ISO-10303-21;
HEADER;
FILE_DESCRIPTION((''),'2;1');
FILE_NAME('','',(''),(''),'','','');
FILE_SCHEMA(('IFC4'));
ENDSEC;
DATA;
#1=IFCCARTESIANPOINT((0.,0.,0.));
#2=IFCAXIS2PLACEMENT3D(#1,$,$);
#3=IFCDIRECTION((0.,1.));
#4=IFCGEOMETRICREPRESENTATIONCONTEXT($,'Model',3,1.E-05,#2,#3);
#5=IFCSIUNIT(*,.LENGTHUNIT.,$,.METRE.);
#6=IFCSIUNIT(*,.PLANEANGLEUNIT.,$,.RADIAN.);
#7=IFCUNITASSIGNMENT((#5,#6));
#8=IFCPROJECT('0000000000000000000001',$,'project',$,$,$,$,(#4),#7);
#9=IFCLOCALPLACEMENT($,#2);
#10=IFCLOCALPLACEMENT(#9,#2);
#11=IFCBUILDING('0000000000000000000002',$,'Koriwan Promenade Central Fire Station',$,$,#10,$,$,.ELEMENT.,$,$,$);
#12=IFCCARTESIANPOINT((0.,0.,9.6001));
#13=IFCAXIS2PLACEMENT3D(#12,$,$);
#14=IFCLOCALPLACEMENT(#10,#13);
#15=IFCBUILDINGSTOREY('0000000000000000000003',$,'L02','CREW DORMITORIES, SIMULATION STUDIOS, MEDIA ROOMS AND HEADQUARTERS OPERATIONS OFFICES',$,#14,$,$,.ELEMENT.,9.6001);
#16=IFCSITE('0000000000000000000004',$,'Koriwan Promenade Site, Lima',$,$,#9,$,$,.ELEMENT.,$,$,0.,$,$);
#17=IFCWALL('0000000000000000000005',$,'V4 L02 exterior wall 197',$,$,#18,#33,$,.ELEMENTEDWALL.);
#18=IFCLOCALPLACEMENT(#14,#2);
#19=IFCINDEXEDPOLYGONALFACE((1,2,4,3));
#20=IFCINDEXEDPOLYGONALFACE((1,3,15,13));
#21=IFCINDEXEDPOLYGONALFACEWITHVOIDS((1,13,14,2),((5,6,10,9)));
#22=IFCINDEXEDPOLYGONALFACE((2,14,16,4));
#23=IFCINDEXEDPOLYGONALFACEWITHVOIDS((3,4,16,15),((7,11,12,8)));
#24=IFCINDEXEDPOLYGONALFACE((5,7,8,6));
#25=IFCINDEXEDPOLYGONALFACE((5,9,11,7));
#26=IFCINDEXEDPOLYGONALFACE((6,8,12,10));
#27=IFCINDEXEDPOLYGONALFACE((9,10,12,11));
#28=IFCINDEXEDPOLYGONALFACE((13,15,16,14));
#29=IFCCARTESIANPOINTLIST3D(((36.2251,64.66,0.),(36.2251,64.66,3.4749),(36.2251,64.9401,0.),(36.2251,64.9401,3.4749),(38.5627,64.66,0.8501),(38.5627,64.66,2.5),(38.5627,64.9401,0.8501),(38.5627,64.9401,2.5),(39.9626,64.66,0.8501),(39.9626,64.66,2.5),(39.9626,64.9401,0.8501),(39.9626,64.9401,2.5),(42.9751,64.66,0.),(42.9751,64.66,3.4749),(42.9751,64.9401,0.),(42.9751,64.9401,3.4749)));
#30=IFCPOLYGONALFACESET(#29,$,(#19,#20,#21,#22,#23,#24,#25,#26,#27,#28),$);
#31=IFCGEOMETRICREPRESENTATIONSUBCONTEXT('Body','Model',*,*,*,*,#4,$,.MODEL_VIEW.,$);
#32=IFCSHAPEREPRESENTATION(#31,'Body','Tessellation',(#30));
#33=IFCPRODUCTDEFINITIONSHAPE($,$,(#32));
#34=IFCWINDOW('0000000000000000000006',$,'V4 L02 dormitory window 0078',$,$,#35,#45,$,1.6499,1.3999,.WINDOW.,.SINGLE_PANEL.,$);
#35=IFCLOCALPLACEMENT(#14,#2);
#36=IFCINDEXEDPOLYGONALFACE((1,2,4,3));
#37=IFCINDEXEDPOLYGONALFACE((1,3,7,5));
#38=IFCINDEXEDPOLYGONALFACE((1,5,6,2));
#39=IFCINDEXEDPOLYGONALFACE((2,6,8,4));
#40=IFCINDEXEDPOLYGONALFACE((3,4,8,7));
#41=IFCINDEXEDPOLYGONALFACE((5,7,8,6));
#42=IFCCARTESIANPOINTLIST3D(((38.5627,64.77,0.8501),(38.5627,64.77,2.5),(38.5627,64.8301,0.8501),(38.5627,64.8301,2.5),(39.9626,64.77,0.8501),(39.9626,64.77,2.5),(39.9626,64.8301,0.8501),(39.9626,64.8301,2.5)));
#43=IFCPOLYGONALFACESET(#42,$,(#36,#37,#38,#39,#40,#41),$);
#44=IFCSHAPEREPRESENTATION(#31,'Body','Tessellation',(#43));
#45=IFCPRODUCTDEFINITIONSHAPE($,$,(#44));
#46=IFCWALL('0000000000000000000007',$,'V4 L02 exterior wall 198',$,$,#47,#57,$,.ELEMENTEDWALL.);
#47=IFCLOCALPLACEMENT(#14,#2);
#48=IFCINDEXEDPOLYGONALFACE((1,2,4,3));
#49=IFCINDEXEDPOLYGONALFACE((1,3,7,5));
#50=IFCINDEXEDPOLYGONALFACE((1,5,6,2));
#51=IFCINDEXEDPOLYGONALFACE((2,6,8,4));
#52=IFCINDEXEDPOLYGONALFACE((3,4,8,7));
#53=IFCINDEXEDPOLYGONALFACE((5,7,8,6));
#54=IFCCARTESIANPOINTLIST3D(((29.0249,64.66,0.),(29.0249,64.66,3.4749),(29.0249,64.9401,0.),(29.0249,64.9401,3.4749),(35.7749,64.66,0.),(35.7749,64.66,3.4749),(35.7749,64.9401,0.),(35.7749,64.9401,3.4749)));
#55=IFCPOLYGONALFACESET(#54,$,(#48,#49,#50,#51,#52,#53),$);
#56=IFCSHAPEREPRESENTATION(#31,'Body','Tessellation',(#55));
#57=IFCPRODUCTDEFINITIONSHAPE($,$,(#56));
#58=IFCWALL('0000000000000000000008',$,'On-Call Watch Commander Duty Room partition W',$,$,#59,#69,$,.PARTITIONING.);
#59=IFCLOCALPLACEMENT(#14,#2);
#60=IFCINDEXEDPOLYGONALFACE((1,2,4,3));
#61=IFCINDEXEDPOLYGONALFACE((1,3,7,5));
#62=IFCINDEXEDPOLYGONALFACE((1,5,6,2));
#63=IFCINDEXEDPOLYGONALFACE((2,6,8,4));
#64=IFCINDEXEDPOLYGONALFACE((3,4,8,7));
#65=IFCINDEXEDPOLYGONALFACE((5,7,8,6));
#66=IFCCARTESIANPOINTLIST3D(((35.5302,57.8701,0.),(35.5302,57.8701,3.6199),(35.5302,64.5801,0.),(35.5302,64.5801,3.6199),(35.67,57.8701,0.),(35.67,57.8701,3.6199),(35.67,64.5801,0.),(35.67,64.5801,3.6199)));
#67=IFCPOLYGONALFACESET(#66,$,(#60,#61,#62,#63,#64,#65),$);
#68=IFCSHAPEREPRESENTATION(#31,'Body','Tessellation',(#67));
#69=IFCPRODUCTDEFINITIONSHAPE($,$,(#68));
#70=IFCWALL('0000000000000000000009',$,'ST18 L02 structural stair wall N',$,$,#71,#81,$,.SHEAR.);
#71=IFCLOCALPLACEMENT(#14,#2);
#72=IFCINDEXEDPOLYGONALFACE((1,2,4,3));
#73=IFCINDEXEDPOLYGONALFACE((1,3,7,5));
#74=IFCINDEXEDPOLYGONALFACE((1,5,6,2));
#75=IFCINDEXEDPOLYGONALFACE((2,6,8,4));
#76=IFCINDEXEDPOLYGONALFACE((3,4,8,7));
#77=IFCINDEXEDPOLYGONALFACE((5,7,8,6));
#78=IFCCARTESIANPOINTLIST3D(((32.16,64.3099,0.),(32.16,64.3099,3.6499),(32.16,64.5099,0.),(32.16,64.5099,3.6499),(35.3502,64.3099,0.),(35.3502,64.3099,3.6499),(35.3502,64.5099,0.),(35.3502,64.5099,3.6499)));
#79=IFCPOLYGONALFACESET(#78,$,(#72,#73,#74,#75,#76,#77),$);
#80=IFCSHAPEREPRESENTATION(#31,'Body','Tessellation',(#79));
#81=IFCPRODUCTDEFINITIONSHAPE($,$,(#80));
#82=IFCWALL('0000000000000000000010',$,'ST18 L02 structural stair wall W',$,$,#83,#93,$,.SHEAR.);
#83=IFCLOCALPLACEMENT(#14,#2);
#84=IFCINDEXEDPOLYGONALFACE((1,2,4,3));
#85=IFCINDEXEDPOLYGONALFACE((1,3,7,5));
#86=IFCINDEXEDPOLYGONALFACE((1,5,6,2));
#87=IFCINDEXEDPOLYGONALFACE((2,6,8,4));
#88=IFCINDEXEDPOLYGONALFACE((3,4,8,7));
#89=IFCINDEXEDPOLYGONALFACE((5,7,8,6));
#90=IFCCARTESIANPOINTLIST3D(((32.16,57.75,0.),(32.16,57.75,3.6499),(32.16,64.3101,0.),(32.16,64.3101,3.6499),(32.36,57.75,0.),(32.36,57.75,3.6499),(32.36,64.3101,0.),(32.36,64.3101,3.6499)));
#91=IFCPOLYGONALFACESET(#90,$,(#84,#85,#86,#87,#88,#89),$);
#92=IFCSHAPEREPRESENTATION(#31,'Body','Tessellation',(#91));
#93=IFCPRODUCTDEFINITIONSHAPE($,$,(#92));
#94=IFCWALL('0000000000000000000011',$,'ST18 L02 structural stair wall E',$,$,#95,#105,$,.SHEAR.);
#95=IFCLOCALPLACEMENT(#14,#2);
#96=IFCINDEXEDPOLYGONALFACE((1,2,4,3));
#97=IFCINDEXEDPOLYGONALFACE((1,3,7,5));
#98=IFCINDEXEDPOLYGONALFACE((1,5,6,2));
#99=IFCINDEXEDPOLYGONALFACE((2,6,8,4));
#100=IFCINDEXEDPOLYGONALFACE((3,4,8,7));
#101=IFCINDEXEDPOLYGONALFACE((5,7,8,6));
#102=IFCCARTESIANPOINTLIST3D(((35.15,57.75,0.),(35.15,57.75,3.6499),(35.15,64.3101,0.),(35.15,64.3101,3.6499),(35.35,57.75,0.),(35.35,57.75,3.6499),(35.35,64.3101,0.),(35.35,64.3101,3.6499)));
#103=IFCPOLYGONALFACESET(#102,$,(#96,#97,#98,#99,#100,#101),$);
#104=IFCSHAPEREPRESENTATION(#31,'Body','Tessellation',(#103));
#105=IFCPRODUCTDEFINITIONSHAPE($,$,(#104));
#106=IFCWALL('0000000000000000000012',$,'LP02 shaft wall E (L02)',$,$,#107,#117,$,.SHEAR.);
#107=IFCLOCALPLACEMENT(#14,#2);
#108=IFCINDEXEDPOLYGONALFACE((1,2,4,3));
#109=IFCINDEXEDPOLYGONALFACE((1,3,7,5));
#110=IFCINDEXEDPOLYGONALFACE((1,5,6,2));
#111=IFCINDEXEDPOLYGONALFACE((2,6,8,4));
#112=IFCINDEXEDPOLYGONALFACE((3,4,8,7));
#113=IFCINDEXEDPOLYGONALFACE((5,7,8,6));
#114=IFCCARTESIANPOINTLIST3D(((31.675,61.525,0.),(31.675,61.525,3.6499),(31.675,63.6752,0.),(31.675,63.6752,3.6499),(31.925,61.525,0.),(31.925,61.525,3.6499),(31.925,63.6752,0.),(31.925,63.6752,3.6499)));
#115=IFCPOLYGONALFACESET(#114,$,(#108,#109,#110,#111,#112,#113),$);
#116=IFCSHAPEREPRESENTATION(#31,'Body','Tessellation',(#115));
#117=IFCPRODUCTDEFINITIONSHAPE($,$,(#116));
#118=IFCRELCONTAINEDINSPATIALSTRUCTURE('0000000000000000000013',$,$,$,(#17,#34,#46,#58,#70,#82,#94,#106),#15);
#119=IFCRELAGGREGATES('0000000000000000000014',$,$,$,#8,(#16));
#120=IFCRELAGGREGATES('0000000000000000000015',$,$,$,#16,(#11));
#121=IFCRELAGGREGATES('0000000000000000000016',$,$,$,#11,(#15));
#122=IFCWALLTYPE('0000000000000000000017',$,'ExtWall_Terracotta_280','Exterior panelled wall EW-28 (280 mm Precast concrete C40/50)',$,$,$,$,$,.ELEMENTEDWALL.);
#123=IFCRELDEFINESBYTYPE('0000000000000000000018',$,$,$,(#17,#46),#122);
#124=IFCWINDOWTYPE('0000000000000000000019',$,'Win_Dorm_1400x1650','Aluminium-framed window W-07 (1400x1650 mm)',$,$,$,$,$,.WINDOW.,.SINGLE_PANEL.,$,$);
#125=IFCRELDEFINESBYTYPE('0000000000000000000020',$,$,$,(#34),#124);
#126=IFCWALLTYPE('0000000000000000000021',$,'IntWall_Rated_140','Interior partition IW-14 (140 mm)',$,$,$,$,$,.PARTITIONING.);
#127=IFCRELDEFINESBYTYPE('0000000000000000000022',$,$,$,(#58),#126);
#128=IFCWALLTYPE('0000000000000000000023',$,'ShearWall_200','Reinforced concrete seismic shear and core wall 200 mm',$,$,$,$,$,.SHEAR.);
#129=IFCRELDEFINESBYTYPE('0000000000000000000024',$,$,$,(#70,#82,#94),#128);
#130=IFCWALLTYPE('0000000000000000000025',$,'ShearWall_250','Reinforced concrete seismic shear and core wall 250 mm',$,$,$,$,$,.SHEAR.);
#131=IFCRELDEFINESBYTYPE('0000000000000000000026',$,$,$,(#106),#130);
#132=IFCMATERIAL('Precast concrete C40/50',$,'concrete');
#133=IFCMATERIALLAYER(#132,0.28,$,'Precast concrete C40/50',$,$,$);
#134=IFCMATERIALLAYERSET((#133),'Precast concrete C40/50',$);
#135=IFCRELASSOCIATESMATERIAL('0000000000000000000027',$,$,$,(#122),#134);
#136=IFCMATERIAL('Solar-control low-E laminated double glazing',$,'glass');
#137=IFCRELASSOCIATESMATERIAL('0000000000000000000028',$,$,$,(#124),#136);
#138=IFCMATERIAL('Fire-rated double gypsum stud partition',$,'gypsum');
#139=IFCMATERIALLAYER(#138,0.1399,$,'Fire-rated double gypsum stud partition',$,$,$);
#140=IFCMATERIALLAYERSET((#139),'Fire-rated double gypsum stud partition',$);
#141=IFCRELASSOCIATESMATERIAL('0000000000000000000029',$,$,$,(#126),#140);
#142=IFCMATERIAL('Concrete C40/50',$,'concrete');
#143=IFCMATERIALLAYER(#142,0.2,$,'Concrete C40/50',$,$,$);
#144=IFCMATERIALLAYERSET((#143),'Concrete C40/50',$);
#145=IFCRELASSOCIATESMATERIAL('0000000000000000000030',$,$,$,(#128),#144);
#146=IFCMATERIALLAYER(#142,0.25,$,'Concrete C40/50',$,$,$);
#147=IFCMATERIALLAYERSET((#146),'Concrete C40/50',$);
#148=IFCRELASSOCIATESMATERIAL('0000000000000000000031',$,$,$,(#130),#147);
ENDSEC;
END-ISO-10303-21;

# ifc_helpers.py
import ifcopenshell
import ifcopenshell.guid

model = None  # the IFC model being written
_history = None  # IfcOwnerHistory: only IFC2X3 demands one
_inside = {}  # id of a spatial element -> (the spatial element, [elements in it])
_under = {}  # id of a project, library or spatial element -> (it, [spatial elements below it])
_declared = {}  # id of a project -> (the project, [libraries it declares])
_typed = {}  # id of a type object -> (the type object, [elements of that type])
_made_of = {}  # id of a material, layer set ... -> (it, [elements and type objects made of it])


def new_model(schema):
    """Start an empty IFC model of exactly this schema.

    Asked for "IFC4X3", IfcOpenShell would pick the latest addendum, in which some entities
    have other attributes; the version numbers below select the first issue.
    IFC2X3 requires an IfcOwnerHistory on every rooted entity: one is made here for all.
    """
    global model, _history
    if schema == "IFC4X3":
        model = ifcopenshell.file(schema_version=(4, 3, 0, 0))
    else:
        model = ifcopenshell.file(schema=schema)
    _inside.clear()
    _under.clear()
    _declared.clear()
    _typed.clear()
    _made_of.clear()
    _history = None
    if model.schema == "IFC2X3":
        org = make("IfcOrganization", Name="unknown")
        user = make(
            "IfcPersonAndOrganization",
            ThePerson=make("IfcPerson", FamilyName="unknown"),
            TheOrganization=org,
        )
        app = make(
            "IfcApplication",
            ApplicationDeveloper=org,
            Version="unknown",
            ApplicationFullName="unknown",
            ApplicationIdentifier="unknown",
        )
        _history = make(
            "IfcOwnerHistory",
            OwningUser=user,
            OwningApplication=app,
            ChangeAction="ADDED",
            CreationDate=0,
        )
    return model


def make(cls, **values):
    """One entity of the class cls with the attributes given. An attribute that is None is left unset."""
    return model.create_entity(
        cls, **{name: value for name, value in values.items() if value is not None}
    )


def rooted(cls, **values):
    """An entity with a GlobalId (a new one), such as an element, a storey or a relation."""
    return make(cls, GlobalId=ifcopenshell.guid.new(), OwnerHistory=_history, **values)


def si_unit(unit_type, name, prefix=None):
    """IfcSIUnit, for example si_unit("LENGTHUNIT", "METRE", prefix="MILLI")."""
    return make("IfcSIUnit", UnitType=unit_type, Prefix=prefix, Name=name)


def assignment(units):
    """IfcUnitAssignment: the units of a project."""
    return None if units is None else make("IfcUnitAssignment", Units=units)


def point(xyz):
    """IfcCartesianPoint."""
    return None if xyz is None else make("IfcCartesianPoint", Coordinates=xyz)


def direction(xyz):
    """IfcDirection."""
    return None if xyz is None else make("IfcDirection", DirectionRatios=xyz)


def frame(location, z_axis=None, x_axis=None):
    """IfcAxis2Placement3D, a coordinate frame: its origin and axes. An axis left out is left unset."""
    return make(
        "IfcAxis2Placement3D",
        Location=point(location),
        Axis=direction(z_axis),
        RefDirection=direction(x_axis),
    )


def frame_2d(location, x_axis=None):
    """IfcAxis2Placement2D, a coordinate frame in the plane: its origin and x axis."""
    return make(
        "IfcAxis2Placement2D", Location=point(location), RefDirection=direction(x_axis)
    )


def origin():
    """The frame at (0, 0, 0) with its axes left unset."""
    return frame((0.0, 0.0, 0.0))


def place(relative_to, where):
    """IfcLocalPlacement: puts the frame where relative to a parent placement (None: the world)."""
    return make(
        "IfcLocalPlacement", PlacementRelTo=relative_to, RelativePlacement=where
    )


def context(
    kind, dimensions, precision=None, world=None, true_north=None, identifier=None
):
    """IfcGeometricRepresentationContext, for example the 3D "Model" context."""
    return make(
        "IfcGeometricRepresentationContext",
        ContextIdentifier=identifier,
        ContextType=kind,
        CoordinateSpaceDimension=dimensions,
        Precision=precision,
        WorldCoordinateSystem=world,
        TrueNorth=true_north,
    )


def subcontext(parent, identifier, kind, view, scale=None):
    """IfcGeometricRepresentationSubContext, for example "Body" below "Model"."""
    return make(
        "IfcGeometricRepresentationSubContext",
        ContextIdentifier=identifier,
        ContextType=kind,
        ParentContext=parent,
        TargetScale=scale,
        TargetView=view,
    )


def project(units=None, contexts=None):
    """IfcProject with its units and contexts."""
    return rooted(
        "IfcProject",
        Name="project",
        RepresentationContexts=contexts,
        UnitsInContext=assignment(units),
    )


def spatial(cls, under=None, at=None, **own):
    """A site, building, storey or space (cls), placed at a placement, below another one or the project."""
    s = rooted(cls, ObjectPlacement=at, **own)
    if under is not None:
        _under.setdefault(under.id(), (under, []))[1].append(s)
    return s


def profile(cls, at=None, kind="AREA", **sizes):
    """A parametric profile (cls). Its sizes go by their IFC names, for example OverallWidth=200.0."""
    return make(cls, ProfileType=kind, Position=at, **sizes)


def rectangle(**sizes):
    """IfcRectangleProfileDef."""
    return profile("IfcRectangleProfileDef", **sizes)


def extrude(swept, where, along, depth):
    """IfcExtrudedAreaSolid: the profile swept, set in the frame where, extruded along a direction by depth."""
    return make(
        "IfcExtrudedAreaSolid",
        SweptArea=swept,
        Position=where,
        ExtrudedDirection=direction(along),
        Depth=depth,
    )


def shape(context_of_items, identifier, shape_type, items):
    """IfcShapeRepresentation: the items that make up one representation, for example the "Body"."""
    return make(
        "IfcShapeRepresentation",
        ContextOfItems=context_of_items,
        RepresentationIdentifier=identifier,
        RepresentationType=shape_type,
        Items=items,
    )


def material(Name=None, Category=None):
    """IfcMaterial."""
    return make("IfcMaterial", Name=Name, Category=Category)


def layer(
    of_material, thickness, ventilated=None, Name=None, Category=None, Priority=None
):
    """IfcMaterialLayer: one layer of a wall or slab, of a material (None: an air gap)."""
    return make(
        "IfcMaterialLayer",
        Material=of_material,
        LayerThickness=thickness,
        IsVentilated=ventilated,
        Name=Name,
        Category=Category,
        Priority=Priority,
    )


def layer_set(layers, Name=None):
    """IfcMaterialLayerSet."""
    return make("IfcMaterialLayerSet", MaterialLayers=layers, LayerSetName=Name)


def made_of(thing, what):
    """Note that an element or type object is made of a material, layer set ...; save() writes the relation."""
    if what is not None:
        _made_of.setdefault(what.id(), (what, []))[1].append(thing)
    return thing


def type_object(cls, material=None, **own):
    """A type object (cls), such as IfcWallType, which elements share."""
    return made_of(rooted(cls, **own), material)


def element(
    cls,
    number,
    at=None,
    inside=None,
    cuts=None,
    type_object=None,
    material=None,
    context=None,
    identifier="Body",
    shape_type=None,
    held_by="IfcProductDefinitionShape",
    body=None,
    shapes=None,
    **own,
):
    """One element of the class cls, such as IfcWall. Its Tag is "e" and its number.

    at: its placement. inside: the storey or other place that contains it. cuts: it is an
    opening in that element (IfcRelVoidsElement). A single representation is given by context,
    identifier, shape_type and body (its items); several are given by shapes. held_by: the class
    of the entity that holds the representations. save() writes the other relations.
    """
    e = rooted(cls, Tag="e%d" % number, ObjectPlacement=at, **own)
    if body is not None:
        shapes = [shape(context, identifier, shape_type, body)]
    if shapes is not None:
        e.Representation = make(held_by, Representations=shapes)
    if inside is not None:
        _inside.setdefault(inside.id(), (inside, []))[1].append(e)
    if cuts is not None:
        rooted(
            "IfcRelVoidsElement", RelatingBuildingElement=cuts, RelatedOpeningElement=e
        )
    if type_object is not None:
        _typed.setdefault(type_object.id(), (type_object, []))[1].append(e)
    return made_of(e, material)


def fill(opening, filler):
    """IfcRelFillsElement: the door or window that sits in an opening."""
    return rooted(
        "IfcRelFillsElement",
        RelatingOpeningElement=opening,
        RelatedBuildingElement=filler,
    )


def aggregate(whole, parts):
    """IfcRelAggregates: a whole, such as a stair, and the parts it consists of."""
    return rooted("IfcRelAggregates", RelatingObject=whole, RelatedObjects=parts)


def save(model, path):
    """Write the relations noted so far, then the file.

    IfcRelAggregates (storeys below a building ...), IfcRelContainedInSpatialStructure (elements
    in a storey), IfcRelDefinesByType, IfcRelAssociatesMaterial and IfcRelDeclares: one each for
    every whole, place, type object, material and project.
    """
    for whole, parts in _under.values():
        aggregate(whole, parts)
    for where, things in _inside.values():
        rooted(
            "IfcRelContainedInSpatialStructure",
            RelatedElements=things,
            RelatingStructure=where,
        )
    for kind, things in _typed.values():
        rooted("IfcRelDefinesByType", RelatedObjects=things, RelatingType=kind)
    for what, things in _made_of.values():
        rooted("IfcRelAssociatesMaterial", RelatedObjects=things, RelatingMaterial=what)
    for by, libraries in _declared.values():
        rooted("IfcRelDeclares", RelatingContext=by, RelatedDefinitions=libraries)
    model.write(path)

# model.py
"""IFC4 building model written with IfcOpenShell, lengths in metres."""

from ifc_helpers import new_model, si_unit, direction, frame, frame_2d, origin, place, context, subcontext, project, spatial, rectangle, extrude, material, layer, layer_set, type_object, element, fill, save


model = new_model("IFC4")

# Units and contexts
model_context = context("Model", 3, precision=1e-05, world=origin(), true_north=direction((0.0, 1.0)))
body_context = subcontext(model_context, "Body", "Model", "MODEL_VIEW")
ifc_project = project(units=[si_unit("LENGTHUNIT", "METRE"), si_unit("PLANEANGLEUNIT", "RADIAN")], contexts=[model_context])

# Site, building, storey
site_placement = place(None, origin())
site = spatial("IfcSite", under=ifc_project, at=site_placement, Name="Koriwan Promenade Site, Lima", CompositionType="ELEMENT", RefElevation=0.0)
building_placement = place(site_placement, origin())
building = spatial("IfcBuilding", under=site, at=building_placement, Name="Koriwan Promenade Central Fire Station", CompositionType="ELEMENT")
storey_placement = place(building_placement, frame((0.0, 0.0, 9.6001)))
storey = spatial("IfcBuildingStorey", under=building, at=storey_placement, Name="L02", Description="CREW DORMITORIES, SIMULATION STUDIOS, MEDIA ROOMS AND HEADQUARTERS OPERATIONS OFFICES", CompositionType="ELEMENT", Elevation=9.6001)

# Shared definitions
ifc_material_1 = material(Name="Concrete C40/50", Category="concrete")

# Wall, opening, window
ifc_material_2 = material(Name="Precast concrete C40/50", Category="concrete")
ifc_layer_1 = layer(ifc_material_2, 0.28, Name="Precast concrete C40/50")
ifc_layer_set_1 = layer_set([ifc_layer_1], Name="Precast concrete C40/50")
wall_type_1 = type_object("IfcWallType", Name="ExtWall_Terracotta_280", Description="Exterior panelled wall EW-28 (280 mm Precast concrete C40/50)", PredefinedType="ELEMENTEDWALL", material=ifc_layer_set_1)
wall_1_placement = place(storey_placement, frame((42.9751, 64.8, 0.0), z_axis=(0.0, 0.0, 1.0), x_axis=(-1.0, 0.0, 0.0)))
wall_1 = element("IfcWall", 1, at=wall_1_placement, inside=storey, type_object=wall_type_1, Name="V4 L02 exterior wall 197", PredefinedType="ELEMENTEDWALL", context=body_context, shape_type="SweptSolid", body=[
    extrude(rectangle(XDim=6.75, YDim=0.28, at=frame_2d((3.375, 0.0))), origin(), (0.0, 0.0, 1.0), 3.4749),
])
opening_1_placement = place(wall_1_placement, frame((3.0125, 0.0, 0.8501)))
opening_1 = element("IfcOpeningElement", 2, at=opening_1_placement, cuts=wall_1, PredefinedType="OPENING", context=body_context, shape_type="SweptSolid", body=[
    extrude(rectangle(XDim=1.3999, YDim=1.6499, at=frame_2d((0.7, 0.825))), frame((0.0, 0.1519, 0.0), z_axis=(0.0, -1.0, 0.0), x_axis=(1.0, 0.0, 0.0)), (0.0, 0.0, 1.0), 0.304),
])
ifc_material_3 = material(Name="Solar-control low-E laminated double glazing", Category="glass")
window_type = type_object("IfcWindowType", Name="Win_Dorm_1400x1650", Description="Aluminium-framed window W-07 (1400x1650 mm)", PartitioningType="SINGLE_PANEL", PredefinedType="WINDOW", material=ifc_material_3)
window_placement = place(opening_1_placement, origin())
window = element("IfcWindow", 3, at=window_placement, inside=storey, type_object=window_type, Name="V4 L02 dormitory window 0078", OverallHeight=1.6499, OverallWidth=1.3999, PartitioningType="SINGLE_PANEL", PredefinedType="WINDOW", context=body_context, shape_type="SweptSolid", body=[
    extrude(rectangle(XDim=1.3999, YDim=1.6499, at=frame_2d((0.7, 0.825))), frame((0.0, 0.03, 0.0), z_axis=(0.0, -1.0, 0.0), x_axis=(1.0, 0.0, 0.0)), (0.0, 0.0, 1.0), 0.0601),
])
fill(opening_1, window)

# Walls
wall_2_placement = place(storey_placement, frame((35.7749, 64.8, 0.0), z_axis=(0.0, 0.0, 1.0), x_axis=(-1.0, 0.0, 0.0)))
element("IfcWall", 4, at=wall_2_placement, inside=storey, type_object=wall_type_1, Name="V4 L02 exterior wall 198", PredefinedType="ELEMENTEDWALL", context=body_context, shape_type="SweptSolid", body=[
    extrude(rectangle(XDim=6.75, YDim=0.28, at=frame_2d((3.375, 0.0))), origin(), (0.0, 0.0, 1.0), 3.4749),
])
ifc_material_4 = material(Name="Fire-rated double gypsum stud partition", Category="gypsum")
ifc_layer_2 = layer(ifc_material_4, 0.1399, Name="Fire-rated double gypsum stud partition")
ifc_layer_set_2 = layer_set([ifc_layer_2], Name="Fire-rated double gypsum stud partition")
wall_type_2 = type_object("IfcWallType", Name="IntWall_Rated_140", Description="Interior partition IW-14 (140 mm)", PredefinedType="PARTITIONING", material=ifc_layer_set_2)
wall_3_placement = place(storey_placement, frame((35.6001, 57.8701, 0.0), z_axis=(0.0, 0.0, 1.0), x_axis=(0.0, 1.0, 0.0)))
element("IfcWall", 5, at=wall_3_placement, inside=storey, type_object=wall_type_2, Name="On-Call Watch Commander Duty Room partition W", PredefinedType="PARTITIONING", context=body_context, shape_type="SweptSolid", body=[
    extrude(rectangle(XDim=6.71, YDim=0.1399, at=frame_2d((3.355, 0.0))), origin(), (0.0, 0.0, 1.0), 3.6199),
])

# Shared definitions
ifc_layer_3 = layer(ifc_material_1, 0.2, Name="Concrete C40/50")
ifc_layer_set_3 = layer_set([ifc_layer_3], Name="Concrete C40/50")
wall_type_3 = type_object("IfcWallType", Name="ShearWall_200", Description="Reinforced concrete seismic shear and core wall 200 mm", PredefinedType="SHEAR", material=ifc_layer_set_3)

# Walls
wall_4_placement = place(storey_placement, frame((32.1599, 64.4099, 0.0), z_axis=(0.0, 0.0, 1.0), x_axis=(1.0, 0.0, 0.0)))
element("IfcWall", 6, at=wall_4_placement, inside=storey, type_object=wall_type_3, Name="ST18 L02 structural stair wall N", PredefinedType="SHEAR", context=body_context, shape_type="SweptSolid", body=[
    extrude(rectangle(XDim=3.1902, YDim=0.2, at=frame_2d((1.5952, 0.0))), origin(), (0.0, 0.0, 1.0), 3.6499),
])
for number, where, z_axis, x_axis, name in (
    (7, (32.26, 57.75, 0.0), (0.0, 0.0, 1.0), (0.0, 1.0, 0.0), "ST18 L02 structural stair wall W"),
    (8, (35.25, 57.75, 0.0), (0.0, 0.0, 1.0), (0.0, 1.0, 0.0), "ST18 L02 structural stair wall E"),
):
    element("IfcWall", number, at=place(storey_placement, frame(where, z_axis=z_axis, x_axis=x_axis)), inside=storey, type_object=wall_type_3, Name=name, PredefinedType="SHEAR", context=body_context, shape_type="SweptSolid", body=[
        extrude(rectangle(XDim=6.5601, YDim=0.2, at=frame_2d((3.28, 0.0))), origin(), (0.0, 0.0, 1.0), 3.6499),
    ])
ifc_layer_4 = layer(ifc_material_1, 0.25, Name="Concrete C40/50")
ifc_layer_set_4 = layer_set([ifc_layer_4], Name="Concrete C40/50")
wall_type_4 = type_object("IfcWallType", Name="ShearWall_250", Description="Reinforced concrete seismic shear and core wall 250 mm", PredefinedType="SHEAR", material=ifc_layer_set_4)
wall_5_placement = place(storey_placement, frame((31.8, 61.5249, 0.0), z_axis=(0.0, 0.0, 1.0), x_axis=(0.0, 1.0, 0.0)))
element("IfcWall", 9, at=wall_5_placement, inside=storey, type_object=wall_type_4, Name="LP02 shaft wall E (L02)", PredefinedType="SHEAR", context=body_context, shape_type="SweptSolid", body=[
    extrude(rectangle(XDim=2.1501, YDim=0.25, at=frame_2d((1.0752, 0.0))), origin(), (0.0, 0.0, 1.0), 3.6499),
])

save(model, "model.ifc")
